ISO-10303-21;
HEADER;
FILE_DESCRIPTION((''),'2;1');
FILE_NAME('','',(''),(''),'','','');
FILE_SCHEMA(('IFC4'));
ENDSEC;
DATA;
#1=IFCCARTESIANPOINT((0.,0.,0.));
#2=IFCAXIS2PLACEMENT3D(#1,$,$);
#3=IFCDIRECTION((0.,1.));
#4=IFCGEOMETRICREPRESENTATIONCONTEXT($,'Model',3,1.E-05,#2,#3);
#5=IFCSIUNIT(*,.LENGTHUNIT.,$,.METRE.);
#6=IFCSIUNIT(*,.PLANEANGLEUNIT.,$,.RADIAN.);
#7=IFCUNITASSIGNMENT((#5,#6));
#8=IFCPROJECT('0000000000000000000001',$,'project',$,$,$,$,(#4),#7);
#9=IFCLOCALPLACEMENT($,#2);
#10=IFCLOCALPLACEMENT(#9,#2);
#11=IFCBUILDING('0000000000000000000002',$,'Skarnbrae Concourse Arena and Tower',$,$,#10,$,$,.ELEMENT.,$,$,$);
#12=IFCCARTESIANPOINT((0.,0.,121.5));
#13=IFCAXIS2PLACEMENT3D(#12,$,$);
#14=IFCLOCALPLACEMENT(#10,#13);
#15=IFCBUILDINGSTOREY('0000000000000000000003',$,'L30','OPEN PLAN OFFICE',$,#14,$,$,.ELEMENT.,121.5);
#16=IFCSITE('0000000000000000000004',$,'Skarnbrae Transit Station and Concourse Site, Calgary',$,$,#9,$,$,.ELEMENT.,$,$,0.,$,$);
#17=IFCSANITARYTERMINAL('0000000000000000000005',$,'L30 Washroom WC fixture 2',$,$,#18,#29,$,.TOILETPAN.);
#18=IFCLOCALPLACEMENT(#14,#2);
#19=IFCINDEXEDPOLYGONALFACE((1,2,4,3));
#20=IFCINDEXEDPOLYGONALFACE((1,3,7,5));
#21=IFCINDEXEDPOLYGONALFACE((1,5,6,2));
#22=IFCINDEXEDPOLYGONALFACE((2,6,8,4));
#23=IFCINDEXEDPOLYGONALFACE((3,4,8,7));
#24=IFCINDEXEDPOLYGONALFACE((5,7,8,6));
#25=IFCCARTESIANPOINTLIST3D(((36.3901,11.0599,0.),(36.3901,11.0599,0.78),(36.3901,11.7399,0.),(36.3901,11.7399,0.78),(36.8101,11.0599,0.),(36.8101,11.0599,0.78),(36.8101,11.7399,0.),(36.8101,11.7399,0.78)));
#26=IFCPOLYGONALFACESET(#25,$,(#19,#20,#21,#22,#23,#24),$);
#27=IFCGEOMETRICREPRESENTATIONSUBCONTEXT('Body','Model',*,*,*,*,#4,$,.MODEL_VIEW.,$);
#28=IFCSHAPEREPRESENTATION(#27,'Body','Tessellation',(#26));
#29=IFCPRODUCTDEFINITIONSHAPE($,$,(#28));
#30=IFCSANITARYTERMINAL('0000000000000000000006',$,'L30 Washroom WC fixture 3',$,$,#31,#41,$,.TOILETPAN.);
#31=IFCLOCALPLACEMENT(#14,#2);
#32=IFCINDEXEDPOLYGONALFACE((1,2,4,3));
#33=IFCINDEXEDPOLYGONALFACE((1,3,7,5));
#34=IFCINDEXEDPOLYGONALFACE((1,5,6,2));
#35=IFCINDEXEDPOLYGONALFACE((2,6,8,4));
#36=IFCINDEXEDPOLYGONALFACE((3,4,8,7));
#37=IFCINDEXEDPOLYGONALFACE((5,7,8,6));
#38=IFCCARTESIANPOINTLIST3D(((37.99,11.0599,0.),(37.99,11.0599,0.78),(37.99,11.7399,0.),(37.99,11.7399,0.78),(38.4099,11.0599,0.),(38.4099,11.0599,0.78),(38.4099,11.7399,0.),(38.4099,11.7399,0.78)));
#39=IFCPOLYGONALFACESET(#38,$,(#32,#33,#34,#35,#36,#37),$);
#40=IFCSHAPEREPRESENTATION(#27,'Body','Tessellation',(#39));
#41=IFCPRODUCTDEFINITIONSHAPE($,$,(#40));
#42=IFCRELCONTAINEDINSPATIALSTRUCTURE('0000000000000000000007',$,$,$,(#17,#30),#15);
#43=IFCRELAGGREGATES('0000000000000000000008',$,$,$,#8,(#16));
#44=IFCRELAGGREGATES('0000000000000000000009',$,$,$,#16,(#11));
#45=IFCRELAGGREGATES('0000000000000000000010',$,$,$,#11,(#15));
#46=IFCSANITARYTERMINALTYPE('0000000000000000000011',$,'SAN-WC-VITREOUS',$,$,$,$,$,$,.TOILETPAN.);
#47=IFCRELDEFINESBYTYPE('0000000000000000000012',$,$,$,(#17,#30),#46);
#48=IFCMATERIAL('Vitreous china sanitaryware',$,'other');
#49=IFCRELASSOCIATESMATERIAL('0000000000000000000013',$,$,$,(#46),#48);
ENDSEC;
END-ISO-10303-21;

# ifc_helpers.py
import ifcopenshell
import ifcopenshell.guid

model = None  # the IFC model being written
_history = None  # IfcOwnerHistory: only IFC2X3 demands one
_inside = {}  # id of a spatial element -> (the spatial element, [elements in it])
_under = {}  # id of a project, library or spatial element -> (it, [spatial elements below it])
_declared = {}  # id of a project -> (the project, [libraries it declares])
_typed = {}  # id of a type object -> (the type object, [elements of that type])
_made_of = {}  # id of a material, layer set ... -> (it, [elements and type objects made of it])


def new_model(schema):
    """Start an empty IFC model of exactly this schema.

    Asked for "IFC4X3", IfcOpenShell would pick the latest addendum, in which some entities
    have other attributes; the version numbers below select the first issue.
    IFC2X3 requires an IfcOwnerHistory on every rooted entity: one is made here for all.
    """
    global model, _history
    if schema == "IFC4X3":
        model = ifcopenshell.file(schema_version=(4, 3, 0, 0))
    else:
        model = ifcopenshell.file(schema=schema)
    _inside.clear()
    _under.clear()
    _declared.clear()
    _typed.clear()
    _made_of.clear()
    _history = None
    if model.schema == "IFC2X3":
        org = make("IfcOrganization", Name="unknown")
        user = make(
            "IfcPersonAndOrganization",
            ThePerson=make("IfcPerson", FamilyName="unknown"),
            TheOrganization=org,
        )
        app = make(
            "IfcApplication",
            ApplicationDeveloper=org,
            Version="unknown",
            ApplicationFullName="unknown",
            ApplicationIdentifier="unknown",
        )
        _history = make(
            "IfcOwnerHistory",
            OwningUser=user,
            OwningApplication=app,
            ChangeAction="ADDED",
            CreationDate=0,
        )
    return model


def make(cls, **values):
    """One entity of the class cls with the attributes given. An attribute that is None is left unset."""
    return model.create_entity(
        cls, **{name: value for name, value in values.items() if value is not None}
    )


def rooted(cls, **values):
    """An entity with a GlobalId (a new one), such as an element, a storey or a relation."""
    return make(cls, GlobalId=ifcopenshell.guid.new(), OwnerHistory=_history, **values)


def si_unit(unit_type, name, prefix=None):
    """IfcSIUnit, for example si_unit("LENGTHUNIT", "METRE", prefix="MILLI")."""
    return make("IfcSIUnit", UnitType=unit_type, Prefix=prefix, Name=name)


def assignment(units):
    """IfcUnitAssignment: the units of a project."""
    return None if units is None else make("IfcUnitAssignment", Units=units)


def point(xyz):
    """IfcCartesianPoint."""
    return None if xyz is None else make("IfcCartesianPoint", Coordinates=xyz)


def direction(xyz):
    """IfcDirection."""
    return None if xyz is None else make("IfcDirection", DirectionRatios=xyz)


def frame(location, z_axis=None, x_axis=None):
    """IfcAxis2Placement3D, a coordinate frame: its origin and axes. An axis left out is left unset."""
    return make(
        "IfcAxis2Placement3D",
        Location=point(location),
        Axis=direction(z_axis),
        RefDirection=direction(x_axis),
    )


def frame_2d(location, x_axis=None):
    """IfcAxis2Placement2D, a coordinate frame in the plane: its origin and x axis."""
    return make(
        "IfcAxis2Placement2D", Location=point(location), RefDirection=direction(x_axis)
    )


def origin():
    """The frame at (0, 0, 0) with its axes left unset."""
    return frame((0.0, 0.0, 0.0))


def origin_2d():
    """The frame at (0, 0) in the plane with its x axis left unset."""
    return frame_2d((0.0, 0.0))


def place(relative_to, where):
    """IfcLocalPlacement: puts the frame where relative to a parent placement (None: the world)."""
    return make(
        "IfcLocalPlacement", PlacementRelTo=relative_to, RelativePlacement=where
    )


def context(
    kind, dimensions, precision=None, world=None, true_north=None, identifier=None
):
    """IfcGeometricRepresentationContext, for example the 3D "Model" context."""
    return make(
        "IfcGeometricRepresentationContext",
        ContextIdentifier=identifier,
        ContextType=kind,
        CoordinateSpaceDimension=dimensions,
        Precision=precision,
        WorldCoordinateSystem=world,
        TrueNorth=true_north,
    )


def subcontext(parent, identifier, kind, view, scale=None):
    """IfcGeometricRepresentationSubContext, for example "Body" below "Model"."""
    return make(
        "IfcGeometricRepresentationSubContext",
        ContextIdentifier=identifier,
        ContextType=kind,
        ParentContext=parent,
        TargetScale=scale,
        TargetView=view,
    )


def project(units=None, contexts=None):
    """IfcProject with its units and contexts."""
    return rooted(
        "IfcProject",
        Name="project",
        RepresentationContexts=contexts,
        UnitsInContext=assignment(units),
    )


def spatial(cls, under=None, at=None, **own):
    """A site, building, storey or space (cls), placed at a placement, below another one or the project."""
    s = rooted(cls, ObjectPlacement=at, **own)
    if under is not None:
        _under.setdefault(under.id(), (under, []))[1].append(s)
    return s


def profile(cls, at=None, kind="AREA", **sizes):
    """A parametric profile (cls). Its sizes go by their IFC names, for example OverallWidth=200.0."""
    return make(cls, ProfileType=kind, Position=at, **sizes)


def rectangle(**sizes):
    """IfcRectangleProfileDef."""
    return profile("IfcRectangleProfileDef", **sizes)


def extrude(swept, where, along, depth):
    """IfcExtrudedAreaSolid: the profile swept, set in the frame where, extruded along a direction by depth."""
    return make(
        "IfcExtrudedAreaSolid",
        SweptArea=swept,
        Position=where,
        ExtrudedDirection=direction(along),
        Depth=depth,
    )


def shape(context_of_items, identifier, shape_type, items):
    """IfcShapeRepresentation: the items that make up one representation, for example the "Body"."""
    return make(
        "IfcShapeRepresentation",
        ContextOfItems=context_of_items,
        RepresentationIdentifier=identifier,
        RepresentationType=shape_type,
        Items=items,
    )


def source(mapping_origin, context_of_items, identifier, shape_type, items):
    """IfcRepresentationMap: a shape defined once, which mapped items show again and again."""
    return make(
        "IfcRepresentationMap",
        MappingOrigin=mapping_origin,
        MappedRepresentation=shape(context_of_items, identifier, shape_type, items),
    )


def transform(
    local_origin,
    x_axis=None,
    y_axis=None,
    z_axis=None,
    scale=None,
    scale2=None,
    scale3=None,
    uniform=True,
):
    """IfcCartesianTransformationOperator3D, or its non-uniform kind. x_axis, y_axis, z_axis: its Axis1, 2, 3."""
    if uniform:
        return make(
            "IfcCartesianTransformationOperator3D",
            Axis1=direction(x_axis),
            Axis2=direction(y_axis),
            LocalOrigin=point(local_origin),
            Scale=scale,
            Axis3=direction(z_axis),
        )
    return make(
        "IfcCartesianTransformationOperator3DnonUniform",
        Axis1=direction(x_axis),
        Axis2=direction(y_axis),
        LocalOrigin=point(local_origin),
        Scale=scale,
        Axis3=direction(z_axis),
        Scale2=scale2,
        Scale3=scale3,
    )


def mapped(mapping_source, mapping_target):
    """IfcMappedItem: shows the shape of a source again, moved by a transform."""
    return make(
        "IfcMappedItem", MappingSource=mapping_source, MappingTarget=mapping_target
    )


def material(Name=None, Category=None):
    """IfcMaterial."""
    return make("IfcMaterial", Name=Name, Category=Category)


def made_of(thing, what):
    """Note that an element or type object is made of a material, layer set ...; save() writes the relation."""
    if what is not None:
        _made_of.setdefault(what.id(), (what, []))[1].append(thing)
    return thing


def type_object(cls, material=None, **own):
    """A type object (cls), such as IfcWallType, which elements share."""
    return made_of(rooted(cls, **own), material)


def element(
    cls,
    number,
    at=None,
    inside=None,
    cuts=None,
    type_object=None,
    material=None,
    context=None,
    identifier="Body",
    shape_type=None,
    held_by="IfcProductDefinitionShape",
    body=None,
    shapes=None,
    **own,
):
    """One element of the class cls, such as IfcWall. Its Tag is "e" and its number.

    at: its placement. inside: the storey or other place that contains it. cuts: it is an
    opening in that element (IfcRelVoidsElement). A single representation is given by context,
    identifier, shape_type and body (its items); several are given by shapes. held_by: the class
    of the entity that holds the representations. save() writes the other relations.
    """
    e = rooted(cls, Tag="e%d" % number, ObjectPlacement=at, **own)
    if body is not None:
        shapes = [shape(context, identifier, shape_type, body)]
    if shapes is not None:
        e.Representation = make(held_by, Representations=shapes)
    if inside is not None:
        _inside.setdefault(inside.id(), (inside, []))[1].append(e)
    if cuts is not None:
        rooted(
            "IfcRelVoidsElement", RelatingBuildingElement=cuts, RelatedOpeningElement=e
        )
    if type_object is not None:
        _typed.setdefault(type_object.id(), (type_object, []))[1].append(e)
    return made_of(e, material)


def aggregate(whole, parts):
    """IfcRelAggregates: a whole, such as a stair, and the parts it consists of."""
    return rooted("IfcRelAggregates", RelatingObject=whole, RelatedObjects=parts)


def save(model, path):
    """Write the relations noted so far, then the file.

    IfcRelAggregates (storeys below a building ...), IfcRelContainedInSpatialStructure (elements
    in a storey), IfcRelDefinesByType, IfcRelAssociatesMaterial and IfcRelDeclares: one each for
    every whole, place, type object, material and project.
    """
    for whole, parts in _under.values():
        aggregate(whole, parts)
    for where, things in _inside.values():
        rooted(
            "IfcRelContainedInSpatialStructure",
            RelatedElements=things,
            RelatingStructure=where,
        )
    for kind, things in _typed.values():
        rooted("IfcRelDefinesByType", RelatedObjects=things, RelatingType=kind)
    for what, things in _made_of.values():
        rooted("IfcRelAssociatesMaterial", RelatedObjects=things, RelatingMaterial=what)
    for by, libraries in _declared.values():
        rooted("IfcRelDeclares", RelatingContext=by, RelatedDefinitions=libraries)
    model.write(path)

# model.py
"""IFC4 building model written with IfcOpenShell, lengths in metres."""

from ifc_helpers import new_model, si_unit, direction, frame, origin, origin_2d, place, context, subcontext, project, spatial, rectangle, extrude, source, transform, mapped, material, type_object, element, save


model = new_model("IFC4")

# Units and contexts
model_context = context("Model", 3, precision=1e-05, world=origin(), true_north=direction((0.0, 1.0)))
body_context = subcontext(model_context, "Body", "Model", "MODEL_VIEW")
ifc_project = project(units=[si_unit("LENGTHUNIT", "METRE"), si_unit("PLANEANGLEUNIT", "RADIAN")], contexts=[model_context])

# Site, building, storey
site_placement = place(None, origin())
site = spatial("IfcSite", under=ifc_project, at=site_placement, Name="Skarnbrae Transit Station and Concourse Site, Calgary", CompositionType="ELEMENT", RefElevation=0.0)
building_placement = place(site_placement, origin())
building = spatial("IfcBuilding", under=site, at=building_placement, Name="Skarnbrae Concourse Arena and Tower", CompositionType="ELEMENT")
storey_placement = place(building_placement, frame((0.0, 0.0, 121.5)))
storey = spatial("IfcBuildingStorey", under=building, at=storey_placement, Name="L30", Description="OPEN PLAN OFFICE", CompositionType="ELEMENT", Elevation=121.5)

# Sanitary terminals
ifc_material_1 = material(Name="Vitreous china sanitaryware", Category="other")
sanitary_terminal_type = type_object("IfcSanitaryTerminalType", Name="SAN-WC-VITREOUS", PredefinedType="TOILETPAN", material=ifc_material_1)
shared_shape_1 = source(origin(), body_context, "Body", "SweptSolid", [
    extrude(rectangle(XDim=0.4199, YDim=0.6799, at=origin_2d()), origin(), (0.0, 0.0, 1.0), 0.78),
])
for number, where, z_axis, x_axis, name in (
    (1, (36.6001, 11.3999, 0.0), (0.0, 0.0, 1.0), (1.0, 0.0, 0.0), "L30 Washroom WC fixture 2"),
    (2, (38.2, 11.3999, 0.0), (0.0, 0.0, 1.0), (1.0, 0.0, 0.0), "L30 Washroom WC fixture 3"),
):
    element("IfcSanitaryTerminal", number, at=place(storey_placement, frame(where, z_axis=z_axis, x_axis=x_axis)), inside=storey, type_object=sanitary_terminal_type, Name=name, PredefinedType="TOILETPAN", context=body_context, shape_type="MappedRepresentation", body=[
        mapped(shared_shape_1, transform((0.0, 0.0, 0.0))),
    ])

save(model, "model.ifc")
